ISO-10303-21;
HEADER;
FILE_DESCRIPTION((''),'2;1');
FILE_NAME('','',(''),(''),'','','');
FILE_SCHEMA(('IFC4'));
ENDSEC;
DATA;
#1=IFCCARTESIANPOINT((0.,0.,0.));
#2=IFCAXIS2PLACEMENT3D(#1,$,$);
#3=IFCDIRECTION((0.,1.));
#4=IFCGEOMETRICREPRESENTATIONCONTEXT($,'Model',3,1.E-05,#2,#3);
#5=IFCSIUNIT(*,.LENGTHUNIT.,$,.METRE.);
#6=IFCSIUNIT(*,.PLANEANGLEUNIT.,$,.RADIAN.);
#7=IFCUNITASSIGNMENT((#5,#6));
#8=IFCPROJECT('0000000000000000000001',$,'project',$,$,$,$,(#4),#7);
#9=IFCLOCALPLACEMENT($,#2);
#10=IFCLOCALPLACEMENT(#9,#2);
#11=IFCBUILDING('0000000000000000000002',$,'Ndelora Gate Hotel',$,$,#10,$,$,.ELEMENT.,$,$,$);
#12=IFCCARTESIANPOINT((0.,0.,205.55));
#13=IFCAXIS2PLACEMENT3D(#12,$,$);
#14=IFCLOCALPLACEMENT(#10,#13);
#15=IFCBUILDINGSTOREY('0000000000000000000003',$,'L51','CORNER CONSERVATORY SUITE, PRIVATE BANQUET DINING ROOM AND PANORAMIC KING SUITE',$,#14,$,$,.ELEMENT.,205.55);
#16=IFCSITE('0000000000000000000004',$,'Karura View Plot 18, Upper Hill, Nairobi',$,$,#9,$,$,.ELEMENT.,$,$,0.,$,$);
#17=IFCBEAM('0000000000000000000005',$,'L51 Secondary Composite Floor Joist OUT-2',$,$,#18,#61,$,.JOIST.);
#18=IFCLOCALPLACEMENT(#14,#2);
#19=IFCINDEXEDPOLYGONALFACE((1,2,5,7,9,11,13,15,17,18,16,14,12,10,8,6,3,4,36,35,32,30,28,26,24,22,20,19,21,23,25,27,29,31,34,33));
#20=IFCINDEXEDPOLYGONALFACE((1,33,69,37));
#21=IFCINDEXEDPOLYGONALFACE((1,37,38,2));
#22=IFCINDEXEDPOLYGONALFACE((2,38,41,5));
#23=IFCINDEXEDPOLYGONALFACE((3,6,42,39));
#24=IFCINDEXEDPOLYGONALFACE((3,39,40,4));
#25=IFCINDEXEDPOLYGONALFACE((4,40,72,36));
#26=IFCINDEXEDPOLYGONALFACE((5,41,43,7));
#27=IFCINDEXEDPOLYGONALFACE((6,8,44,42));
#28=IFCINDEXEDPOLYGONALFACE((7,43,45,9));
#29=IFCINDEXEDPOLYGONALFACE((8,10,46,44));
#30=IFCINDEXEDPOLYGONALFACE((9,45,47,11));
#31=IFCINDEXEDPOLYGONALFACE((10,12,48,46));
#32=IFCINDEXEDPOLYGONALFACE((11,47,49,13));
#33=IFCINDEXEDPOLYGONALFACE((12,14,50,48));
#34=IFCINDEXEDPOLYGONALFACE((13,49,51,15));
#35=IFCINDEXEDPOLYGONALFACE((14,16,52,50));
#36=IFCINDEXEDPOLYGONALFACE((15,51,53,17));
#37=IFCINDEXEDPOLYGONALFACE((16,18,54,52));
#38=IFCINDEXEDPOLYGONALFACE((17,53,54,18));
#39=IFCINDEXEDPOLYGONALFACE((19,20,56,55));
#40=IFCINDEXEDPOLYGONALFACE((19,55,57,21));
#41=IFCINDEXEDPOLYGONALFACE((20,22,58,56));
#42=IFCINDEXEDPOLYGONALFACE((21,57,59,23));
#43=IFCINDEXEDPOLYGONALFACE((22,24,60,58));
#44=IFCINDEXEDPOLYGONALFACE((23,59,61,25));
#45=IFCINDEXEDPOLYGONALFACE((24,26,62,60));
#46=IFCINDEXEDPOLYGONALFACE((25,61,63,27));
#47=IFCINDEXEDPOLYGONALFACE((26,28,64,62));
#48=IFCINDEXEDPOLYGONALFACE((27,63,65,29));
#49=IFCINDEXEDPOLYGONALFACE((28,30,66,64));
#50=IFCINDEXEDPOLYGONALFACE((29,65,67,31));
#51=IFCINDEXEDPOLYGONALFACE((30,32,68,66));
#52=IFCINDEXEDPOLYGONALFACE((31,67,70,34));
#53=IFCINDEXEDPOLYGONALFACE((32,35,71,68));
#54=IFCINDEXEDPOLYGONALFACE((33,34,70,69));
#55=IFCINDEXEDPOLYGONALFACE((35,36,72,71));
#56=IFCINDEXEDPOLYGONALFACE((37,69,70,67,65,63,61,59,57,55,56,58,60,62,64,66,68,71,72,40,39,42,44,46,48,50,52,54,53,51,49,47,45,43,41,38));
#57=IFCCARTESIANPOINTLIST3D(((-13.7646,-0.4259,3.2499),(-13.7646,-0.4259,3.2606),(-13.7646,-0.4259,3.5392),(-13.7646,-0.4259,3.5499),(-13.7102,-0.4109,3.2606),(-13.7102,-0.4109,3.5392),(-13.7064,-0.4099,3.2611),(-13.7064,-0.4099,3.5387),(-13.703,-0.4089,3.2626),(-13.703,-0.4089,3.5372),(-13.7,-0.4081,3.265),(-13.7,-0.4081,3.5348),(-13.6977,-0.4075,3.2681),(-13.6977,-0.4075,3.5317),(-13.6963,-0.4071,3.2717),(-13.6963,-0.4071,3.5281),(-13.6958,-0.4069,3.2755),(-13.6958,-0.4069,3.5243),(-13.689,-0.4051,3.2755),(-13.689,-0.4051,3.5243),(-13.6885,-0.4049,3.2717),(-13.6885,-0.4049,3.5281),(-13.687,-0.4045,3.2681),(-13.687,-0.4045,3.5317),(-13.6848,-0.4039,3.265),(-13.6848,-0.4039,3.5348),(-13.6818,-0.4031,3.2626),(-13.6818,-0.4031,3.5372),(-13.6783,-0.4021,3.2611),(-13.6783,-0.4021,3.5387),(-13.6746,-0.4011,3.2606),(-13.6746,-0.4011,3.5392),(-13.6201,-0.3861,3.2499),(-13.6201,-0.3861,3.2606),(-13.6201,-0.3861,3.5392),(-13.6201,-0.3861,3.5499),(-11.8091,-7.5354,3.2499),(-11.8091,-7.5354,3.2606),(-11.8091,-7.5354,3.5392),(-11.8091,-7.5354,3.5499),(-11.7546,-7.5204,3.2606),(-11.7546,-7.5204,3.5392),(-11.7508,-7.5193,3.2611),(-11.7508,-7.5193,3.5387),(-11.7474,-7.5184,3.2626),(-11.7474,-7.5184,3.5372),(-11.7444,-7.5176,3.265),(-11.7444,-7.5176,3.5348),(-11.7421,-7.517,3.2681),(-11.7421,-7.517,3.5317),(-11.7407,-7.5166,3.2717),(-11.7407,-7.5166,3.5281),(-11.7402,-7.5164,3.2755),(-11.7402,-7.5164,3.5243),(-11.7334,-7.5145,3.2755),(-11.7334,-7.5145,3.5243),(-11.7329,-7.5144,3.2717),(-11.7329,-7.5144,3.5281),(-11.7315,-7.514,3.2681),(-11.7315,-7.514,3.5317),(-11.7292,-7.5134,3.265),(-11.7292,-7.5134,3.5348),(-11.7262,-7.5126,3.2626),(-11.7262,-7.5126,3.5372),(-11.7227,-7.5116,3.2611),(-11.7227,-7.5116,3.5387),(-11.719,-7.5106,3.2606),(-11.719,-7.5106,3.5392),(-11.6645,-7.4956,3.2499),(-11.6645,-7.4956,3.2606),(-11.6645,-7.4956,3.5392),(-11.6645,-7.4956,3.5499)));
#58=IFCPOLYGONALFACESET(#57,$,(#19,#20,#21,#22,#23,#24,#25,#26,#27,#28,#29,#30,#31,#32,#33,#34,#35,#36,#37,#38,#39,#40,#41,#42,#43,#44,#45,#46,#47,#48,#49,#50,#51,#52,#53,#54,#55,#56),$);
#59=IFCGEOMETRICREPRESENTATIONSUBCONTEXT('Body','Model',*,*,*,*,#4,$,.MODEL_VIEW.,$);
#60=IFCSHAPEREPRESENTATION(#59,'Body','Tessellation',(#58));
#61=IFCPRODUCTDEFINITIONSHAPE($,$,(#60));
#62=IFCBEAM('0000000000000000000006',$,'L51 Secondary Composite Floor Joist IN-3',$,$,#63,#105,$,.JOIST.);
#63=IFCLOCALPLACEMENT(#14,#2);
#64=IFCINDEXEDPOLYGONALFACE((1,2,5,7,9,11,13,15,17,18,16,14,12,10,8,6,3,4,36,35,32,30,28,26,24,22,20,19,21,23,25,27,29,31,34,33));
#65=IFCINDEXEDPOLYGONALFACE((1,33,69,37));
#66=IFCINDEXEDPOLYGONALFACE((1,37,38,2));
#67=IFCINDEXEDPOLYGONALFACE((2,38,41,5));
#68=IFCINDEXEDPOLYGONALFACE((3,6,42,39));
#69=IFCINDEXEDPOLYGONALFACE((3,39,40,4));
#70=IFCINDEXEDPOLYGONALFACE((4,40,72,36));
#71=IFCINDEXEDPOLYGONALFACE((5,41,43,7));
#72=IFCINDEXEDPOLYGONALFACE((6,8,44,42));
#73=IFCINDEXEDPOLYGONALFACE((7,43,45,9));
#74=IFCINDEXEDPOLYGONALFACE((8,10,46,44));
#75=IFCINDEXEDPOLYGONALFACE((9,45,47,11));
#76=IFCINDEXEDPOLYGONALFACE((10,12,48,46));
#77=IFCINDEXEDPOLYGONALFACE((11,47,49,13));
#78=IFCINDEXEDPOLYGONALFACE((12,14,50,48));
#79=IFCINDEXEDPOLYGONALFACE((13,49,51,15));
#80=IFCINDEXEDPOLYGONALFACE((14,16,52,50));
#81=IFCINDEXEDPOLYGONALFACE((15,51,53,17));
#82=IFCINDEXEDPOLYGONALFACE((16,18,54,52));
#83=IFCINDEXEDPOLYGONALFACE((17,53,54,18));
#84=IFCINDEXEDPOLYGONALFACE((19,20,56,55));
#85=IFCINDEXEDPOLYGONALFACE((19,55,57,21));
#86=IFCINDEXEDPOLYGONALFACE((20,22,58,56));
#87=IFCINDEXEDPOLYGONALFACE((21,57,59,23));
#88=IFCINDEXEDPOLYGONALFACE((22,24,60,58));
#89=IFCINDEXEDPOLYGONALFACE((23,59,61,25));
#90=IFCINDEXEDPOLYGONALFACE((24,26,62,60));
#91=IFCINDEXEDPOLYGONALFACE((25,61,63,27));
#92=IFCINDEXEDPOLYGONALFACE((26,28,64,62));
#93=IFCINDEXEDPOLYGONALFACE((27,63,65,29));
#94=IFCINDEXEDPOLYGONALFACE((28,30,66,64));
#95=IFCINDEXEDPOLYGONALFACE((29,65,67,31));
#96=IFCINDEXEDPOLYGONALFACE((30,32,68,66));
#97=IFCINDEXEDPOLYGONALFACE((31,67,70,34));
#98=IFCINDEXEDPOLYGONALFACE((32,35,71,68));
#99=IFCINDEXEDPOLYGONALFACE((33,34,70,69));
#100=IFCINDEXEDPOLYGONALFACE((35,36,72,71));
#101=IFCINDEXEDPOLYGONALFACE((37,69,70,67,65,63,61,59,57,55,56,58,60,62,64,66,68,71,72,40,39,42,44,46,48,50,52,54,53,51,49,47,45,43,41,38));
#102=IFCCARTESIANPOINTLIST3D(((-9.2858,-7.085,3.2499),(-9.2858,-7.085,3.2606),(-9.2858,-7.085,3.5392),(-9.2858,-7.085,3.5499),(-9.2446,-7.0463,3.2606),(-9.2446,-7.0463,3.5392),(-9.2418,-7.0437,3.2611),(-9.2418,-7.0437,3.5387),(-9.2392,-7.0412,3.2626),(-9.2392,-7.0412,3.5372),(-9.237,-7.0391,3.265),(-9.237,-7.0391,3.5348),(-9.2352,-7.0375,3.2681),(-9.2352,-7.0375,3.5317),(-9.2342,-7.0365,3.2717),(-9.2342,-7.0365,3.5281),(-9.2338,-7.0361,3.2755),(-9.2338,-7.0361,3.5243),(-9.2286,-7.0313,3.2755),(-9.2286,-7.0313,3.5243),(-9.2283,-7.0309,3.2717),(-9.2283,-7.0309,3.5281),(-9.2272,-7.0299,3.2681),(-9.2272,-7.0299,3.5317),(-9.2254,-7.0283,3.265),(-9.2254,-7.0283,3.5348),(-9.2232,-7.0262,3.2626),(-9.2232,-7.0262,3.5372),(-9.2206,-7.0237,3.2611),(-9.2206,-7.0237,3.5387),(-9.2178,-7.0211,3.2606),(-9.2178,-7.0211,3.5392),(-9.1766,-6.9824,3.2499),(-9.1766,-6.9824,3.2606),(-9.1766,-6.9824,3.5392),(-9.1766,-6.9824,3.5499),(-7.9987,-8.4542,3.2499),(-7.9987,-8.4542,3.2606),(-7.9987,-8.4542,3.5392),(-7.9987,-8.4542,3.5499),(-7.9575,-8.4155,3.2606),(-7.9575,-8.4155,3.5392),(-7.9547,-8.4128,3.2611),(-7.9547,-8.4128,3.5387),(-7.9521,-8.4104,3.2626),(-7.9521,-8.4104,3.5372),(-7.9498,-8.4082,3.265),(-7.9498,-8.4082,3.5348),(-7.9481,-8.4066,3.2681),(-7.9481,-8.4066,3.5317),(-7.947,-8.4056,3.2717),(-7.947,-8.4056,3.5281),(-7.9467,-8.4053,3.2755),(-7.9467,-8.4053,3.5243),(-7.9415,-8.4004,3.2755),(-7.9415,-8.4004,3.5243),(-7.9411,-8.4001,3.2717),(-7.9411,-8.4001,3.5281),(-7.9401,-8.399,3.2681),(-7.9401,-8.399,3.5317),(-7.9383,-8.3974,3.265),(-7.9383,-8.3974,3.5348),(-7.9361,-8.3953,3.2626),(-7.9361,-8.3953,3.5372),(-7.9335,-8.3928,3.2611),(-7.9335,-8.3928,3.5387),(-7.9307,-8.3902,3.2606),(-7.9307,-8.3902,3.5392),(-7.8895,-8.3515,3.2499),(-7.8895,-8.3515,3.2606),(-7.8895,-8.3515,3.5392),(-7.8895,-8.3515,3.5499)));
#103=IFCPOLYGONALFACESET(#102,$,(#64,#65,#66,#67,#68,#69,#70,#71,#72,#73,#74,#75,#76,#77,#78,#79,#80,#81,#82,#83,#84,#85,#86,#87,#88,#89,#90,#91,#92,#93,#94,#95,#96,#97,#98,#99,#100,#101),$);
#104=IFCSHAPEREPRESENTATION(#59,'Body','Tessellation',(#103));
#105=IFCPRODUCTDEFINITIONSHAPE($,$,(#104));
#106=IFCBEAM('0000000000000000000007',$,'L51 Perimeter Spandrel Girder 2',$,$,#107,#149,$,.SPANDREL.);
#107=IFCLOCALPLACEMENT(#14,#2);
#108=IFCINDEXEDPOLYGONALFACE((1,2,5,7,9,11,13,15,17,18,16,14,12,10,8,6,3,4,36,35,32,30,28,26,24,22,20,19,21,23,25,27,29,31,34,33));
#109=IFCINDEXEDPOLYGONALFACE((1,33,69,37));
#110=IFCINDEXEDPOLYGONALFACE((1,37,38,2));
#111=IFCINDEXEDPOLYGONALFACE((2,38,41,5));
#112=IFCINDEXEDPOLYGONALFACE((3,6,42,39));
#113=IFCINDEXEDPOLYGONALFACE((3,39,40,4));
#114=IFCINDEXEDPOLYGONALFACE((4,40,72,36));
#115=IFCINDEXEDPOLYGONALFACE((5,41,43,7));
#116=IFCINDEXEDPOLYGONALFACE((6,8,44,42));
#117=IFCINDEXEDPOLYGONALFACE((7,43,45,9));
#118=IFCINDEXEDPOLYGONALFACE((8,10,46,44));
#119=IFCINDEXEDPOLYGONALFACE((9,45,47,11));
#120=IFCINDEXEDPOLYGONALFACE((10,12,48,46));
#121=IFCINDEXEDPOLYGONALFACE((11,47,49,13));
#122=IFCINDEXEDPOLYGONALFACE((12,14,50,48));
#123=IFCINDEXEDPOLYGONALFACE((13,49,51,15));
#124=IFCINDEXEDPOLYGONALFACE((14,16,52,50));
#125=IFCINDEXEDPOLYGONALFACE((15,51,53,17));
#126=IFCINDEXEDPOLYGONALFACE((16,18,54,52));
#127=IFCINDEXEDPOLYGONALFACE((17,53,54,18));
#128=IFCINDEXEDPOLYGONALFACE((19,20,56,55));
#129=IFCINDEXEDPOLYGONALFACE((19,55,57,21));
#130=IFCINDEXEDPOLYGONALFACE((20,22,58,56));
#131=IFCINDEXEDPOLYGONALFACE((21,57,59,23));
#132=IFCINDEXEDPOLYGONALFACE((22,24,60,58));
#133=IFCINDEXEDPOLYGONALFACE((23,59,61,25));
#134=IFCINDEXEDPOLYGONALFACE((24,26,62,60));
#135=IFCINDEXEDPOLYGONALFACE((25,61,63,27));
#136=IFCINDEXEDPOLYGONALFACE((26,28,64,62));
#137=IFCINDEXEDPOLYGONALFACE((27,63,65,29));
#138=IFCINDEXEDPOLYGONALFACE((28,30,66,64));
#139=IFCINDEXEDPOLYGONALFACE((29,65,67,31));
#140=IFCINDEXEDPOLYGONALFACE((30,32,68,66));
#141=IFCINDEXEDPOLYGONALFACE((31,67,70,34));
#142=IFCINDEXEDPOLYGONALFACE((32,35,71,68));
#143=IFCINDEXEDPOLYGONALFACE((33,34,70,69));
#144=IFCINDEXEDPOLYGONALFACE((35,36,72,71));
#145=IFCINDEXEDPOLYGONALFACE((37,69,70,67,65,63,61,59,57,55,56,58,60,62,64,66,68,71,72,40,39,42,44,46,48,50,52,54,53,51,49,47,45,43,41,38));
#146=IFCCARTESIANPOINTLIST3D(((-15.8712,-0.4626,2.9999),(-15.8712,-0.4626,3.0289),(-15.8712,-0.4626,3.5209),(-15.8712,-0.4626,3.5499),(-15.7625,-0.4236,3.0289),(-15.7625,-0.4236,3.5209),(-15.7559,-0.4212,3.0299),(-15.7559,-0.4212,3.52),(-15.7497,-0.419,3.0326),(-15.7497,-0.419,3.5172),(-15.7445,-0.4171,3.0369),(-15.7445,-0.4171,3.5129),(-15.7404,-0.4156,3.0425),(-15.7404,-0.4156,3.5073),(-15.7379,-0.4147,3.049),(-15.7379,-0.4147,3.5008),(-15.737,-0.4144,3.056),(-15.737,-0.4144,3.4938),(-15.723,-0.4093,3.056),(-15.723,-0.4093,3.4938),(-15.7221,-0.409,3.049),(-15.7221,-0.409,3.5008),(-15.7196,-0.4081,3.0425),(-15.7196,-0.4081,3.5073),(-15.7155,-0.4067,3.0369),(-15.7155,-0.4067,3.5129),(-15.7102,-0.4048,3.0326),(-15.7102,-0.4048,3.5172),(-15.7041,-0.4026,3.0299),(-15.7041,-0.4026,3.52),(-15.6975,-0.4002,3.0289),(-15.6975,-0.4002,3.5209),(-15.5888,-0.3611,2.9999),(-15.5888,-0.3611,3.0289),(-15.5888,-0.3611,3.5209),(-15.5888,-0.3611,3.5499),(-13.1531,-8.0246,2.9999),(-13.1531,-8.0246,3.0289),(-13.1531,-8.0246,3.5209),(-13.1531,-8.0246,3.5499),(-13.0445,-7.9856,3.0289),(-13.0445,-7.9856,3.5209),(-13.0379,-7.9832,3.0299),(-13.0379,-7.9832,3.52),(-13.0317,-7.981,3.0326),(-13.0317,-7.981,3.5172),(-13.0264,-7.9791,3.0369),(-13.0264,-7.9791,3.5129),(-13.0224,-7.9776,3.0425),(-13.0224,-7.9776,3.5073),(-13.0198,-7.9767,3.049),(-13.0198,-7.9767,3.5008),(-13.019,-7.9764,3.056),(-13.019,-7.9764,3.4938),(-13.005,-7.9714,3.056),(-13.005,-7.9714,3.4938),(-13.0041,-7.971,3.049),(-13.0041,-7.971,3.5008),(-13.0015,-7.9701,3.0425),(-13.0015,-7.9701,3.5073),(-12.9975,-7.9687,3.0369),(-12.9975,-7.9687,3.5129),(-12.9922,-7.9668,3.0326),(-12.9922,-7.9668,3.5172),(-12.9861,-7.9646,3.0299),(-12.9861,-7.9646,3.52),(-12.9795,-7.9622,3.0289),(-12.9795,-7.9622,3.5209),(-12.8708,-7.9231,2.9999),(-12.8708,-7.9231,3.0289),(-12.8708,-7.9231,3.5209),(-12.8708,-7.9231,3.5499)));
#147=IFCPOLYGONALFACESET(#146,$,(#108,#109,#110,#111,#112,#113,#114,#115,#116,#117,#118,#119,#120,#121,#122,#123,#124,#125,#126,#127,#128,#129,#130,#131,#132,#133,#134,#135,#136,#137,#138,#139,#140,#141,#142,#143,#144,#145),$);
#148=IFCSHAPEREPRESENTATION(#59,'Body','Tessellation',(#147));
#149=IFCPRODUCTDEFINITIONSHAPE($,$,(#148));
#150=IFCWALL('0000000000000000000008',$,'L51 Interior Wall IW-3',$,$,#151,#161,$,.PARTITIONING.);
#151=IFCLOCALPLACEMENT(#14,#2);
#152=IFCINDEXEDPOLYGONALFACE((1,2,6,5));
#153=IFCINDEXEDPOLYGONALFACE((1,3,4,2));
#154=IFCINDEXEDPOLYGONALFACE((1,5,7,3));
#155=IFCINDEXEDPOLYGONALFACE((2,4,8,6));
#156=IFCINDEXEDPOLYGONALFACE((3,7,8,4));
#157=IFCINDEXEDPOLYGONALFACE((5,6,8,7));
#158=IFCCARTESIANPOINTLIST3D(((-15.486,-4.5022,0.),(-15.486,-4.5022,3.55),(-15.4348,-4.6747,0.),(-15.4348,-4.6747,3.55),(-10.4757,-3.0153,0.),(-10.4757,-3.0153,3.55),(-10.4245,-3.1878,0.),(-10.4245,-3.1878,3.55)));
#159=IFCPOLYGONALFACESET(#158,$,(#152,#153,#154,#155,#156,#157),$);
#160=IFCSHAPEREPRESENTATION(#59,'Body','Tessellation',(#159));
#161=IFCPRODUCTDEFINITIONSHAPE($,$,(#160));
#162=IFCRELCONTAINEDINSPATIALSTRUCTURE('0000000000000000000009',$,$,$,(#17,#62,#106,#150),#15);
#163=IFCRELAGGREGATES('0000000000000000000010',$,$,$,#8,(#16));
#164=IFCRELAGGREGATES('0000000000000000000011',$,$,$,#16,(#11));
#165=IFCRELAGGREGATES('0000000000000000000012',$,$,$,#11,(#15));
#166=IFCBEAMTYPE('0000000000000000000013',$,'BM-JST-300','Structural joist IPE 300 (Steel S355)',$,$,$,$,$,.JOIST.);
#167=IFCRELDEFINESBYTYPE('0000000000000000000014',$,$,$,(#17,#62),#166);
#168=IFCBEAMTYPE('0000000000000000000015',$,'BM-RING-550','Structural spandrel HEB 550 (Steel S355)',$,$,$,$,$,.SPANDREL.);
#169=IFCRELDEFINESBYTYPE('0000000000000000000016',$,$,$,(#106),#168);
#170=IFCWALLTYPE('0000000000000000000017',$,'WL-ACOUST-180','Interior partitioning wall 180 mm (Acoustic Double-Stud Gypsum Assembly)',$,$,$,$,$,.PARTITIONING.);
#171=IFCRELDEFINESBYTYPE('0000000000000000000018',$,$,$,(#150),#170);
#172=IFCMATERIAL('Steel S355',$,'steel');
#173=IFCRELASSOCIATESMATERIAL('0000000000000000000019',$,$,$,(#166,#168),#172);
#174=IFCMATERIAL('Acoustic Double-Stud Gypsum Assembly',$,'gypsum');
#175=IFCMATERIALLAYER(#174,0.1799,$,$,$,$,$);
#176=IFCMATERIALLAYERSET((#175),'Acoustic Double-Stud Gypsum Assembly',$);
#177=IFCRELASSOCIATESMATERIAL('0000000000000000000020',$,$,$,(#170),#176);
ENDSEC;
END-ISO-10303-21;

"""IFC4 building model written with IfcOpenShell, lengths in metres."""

from ifc_helpers import new_model, si_unit, direction, frame, frame_2d, origin, origin_2d, place, context, subcontext, project, spatial, rectangle, i_section, extrude, material, layer, layer_set, material_profile, profile_set, type_object, element, save


model = new_model("IFC4")

# Units and contexts
model_context = context("Model", 3, precision=1e-05, world=origin(), true_north=direction((0.0, 1.0)))
body_context = subcontext(model_context, "Body", "Model", "MODEL_VIEW")
ifc_project = project(units=[si_unit("LENGTHUNIT", "METRE"), si_unit("PLANEANGLEUNIT", "RADIAN")], contexts=[model_context])

# Site, building, storey
site_placement = place(None, origin())
site = spatial("IfcSite", under=ifc_project, at=site_placement, Name="Karura View Plot 18, Upper Hill, Nairobi", CompositionType="ELEMENT", RefElevation=0.0)
building_placement = place(site_placement, origin())
building = spatial("IfcBuilding", under=site, at=building_placement, Name="Ndelora Gate Hotel", CompositionType="ELEMENT")
storey_placement = place(building_placement, frame((0.0, 0.0, 205.55)))
storey = spatial("IfcBuildingStorey", under=building, at=storey_placement, Name="L51", Description="CORNER CONSERVATORY SUITE, PRIVATE BANQUET DINING ROOM AND PANORAMIC KING SUITE", CompositionType="ELEMENT", Elevation=205.55)

# Beams
ifc_material_1 = material(Name="Steel S355", Category="steel")
ifc_material_profile_1 = material_profile(ifc_material_1, i_section(OverallWidth=0.1499, OverallDepth=0.3, WebThickness=0.0071, FlangeThickness=0.0107, FilletRadius=0.0149, at=origin_2d()), Name="IPE 300")
ifc_profile_set_1 = profile_set([ifc_material_profile_1], Name="Steel S355")
beam_type_1 = type_object("IfcBeamType", Name="BM-JST-300", Description="Structural joist IPE 300 (Steel S355)", PredefinedType="JOIST", material=ifc_profile_set_1)
beam_1_placement = place(storey_placement, frame((-13.6924, -0.406, 3.3999), z_axis=(0.265218, -0.964188, 0.0), x_axis=(0.964188, 0.265218, 0.0)))
element("IfcBeam", 1, at=beam_1_placement, inside=storey, type_object=beam_type_1, Name="L51 Secondary Composite Floor Joist OUT-2", PredefinedType="JOIST", context=body_context, shape_type="SweptSolid", body=[
    extrude(i_section(OverallWidth=0.1499, OverallDepth=0.3, WebThickness=0.0071, FlangeThickness=0.0107, FilletRadius=0.0149, at=origin_2d()), origin(), (0.0, 0.0, 1.0), 7.3735),
])
beam_2_placement = place(storey_placement, frame((-9.2312, -7.0337, 3.3999), z_axis=(0.684943, -0.728597, 0.0), x_axis=(0.728597, 0.684943, 0.0)))
element("IfcBeam", 2, at=beam_2_placement, inside=storey, type_object=beam_type_1, Name="L51 Secondary Composite Floor Joist IN-3", PredefinedType="JOIST", context=body_context, shape_type="SweptSolid", body=[
    extrude(i_section(OverallWidth=0.1499, OverallDepth=0.3, WebThickness=0.0071, FlangeThickness=0.0107, FilletRadius=0.0149, at=origin_2d()), origin(), (0.0, 0.0, 1.0), 1.8792),
])
ifc_material_profile_2 = material_profile(ifc_material_1, i_section(OverallWidth=0.3, OverallDepth=0.55, WebThickness=0.0149, FlangeThickness=0.0291, FilletRadius=0.0271, at=origin_2d()), Name="HEB 550")
ifc_profile_set_2 = profile_set([ifc_material_profile_2], Name="Steel S355")
beam_type_2 = type_object("IfcBeamType", Name="BM-RING-550", Description="Structural spandrel HEB 550 (Steel S355)", PredefinedType="SPANDREL", material=ifc_profile_set_2)
beam_3_placement = place(storey_placement, frame((-15.73, -0.4119, 3.2749), z_axis=(0.338245, -0.941058, 0.0), x_axis=(0.941058, 0.338245, 0.0)))
element("IfcBeam", 3, at=beam_3_placement, inside=storey, type_object=beam_type_2, Name="L51 Perimeter Spandrel Girder 2", PredefinedType="SPANDREL", context=body_context, shape_type="SweptSolid", body=[
    extrude(i_section(OverallWidth=0.3, OverallDepth=0.55, WebThickness=0.0149, FlangeThickness=0.0291, FilletRadius=0.0271, at=origin_2d()), origin(), (0.0, 0.0, 1.0), 8.0356),
])

# Wall
ifc_material_2 = material(Name="Acoustic Double-Stud Gypsum Assembly", Category="gypsum")
ifc_layer_1 = layer(ifc_material_2, 0.1799)
ifc_layer_set_1 = layer_set([ifc_layer_1], Name="Acoustic Double-Stud Gypsum Assembly")
wall_type_1 = type_object("IfcWallType", Name="WL-ACOUST-180", Description="Interior partitioning wall 180 mm (Acoustic Double-Stud Gypsum Assembly)", PredefinedType="PARTITIONING", material=ifc_layer_set_1)
wall_1_placement = place(storey_placement, frame((-10.45, -3.1016, 0.0), z_axis=(0.0, 0.0, 1.0), x_axis=(-0.958678, -0.284492, 0.0)))
element("IfcWall", 4, at=wall_1_placement, inside=storey, type_object=wall_type_1, Name="L51 Interior Wall IW-3", PredefinedType="PARTITIONING", context=body_context, shape_type="SweptSolid", body=[
    extrude(rectangle(XDim=5.2263, YDim=0.1799, at=frame_2d((2.6133, 0.0))), origin(), (0.0, 0.0, 1.0), 3.55),
])

save(model, "model.ifc")
